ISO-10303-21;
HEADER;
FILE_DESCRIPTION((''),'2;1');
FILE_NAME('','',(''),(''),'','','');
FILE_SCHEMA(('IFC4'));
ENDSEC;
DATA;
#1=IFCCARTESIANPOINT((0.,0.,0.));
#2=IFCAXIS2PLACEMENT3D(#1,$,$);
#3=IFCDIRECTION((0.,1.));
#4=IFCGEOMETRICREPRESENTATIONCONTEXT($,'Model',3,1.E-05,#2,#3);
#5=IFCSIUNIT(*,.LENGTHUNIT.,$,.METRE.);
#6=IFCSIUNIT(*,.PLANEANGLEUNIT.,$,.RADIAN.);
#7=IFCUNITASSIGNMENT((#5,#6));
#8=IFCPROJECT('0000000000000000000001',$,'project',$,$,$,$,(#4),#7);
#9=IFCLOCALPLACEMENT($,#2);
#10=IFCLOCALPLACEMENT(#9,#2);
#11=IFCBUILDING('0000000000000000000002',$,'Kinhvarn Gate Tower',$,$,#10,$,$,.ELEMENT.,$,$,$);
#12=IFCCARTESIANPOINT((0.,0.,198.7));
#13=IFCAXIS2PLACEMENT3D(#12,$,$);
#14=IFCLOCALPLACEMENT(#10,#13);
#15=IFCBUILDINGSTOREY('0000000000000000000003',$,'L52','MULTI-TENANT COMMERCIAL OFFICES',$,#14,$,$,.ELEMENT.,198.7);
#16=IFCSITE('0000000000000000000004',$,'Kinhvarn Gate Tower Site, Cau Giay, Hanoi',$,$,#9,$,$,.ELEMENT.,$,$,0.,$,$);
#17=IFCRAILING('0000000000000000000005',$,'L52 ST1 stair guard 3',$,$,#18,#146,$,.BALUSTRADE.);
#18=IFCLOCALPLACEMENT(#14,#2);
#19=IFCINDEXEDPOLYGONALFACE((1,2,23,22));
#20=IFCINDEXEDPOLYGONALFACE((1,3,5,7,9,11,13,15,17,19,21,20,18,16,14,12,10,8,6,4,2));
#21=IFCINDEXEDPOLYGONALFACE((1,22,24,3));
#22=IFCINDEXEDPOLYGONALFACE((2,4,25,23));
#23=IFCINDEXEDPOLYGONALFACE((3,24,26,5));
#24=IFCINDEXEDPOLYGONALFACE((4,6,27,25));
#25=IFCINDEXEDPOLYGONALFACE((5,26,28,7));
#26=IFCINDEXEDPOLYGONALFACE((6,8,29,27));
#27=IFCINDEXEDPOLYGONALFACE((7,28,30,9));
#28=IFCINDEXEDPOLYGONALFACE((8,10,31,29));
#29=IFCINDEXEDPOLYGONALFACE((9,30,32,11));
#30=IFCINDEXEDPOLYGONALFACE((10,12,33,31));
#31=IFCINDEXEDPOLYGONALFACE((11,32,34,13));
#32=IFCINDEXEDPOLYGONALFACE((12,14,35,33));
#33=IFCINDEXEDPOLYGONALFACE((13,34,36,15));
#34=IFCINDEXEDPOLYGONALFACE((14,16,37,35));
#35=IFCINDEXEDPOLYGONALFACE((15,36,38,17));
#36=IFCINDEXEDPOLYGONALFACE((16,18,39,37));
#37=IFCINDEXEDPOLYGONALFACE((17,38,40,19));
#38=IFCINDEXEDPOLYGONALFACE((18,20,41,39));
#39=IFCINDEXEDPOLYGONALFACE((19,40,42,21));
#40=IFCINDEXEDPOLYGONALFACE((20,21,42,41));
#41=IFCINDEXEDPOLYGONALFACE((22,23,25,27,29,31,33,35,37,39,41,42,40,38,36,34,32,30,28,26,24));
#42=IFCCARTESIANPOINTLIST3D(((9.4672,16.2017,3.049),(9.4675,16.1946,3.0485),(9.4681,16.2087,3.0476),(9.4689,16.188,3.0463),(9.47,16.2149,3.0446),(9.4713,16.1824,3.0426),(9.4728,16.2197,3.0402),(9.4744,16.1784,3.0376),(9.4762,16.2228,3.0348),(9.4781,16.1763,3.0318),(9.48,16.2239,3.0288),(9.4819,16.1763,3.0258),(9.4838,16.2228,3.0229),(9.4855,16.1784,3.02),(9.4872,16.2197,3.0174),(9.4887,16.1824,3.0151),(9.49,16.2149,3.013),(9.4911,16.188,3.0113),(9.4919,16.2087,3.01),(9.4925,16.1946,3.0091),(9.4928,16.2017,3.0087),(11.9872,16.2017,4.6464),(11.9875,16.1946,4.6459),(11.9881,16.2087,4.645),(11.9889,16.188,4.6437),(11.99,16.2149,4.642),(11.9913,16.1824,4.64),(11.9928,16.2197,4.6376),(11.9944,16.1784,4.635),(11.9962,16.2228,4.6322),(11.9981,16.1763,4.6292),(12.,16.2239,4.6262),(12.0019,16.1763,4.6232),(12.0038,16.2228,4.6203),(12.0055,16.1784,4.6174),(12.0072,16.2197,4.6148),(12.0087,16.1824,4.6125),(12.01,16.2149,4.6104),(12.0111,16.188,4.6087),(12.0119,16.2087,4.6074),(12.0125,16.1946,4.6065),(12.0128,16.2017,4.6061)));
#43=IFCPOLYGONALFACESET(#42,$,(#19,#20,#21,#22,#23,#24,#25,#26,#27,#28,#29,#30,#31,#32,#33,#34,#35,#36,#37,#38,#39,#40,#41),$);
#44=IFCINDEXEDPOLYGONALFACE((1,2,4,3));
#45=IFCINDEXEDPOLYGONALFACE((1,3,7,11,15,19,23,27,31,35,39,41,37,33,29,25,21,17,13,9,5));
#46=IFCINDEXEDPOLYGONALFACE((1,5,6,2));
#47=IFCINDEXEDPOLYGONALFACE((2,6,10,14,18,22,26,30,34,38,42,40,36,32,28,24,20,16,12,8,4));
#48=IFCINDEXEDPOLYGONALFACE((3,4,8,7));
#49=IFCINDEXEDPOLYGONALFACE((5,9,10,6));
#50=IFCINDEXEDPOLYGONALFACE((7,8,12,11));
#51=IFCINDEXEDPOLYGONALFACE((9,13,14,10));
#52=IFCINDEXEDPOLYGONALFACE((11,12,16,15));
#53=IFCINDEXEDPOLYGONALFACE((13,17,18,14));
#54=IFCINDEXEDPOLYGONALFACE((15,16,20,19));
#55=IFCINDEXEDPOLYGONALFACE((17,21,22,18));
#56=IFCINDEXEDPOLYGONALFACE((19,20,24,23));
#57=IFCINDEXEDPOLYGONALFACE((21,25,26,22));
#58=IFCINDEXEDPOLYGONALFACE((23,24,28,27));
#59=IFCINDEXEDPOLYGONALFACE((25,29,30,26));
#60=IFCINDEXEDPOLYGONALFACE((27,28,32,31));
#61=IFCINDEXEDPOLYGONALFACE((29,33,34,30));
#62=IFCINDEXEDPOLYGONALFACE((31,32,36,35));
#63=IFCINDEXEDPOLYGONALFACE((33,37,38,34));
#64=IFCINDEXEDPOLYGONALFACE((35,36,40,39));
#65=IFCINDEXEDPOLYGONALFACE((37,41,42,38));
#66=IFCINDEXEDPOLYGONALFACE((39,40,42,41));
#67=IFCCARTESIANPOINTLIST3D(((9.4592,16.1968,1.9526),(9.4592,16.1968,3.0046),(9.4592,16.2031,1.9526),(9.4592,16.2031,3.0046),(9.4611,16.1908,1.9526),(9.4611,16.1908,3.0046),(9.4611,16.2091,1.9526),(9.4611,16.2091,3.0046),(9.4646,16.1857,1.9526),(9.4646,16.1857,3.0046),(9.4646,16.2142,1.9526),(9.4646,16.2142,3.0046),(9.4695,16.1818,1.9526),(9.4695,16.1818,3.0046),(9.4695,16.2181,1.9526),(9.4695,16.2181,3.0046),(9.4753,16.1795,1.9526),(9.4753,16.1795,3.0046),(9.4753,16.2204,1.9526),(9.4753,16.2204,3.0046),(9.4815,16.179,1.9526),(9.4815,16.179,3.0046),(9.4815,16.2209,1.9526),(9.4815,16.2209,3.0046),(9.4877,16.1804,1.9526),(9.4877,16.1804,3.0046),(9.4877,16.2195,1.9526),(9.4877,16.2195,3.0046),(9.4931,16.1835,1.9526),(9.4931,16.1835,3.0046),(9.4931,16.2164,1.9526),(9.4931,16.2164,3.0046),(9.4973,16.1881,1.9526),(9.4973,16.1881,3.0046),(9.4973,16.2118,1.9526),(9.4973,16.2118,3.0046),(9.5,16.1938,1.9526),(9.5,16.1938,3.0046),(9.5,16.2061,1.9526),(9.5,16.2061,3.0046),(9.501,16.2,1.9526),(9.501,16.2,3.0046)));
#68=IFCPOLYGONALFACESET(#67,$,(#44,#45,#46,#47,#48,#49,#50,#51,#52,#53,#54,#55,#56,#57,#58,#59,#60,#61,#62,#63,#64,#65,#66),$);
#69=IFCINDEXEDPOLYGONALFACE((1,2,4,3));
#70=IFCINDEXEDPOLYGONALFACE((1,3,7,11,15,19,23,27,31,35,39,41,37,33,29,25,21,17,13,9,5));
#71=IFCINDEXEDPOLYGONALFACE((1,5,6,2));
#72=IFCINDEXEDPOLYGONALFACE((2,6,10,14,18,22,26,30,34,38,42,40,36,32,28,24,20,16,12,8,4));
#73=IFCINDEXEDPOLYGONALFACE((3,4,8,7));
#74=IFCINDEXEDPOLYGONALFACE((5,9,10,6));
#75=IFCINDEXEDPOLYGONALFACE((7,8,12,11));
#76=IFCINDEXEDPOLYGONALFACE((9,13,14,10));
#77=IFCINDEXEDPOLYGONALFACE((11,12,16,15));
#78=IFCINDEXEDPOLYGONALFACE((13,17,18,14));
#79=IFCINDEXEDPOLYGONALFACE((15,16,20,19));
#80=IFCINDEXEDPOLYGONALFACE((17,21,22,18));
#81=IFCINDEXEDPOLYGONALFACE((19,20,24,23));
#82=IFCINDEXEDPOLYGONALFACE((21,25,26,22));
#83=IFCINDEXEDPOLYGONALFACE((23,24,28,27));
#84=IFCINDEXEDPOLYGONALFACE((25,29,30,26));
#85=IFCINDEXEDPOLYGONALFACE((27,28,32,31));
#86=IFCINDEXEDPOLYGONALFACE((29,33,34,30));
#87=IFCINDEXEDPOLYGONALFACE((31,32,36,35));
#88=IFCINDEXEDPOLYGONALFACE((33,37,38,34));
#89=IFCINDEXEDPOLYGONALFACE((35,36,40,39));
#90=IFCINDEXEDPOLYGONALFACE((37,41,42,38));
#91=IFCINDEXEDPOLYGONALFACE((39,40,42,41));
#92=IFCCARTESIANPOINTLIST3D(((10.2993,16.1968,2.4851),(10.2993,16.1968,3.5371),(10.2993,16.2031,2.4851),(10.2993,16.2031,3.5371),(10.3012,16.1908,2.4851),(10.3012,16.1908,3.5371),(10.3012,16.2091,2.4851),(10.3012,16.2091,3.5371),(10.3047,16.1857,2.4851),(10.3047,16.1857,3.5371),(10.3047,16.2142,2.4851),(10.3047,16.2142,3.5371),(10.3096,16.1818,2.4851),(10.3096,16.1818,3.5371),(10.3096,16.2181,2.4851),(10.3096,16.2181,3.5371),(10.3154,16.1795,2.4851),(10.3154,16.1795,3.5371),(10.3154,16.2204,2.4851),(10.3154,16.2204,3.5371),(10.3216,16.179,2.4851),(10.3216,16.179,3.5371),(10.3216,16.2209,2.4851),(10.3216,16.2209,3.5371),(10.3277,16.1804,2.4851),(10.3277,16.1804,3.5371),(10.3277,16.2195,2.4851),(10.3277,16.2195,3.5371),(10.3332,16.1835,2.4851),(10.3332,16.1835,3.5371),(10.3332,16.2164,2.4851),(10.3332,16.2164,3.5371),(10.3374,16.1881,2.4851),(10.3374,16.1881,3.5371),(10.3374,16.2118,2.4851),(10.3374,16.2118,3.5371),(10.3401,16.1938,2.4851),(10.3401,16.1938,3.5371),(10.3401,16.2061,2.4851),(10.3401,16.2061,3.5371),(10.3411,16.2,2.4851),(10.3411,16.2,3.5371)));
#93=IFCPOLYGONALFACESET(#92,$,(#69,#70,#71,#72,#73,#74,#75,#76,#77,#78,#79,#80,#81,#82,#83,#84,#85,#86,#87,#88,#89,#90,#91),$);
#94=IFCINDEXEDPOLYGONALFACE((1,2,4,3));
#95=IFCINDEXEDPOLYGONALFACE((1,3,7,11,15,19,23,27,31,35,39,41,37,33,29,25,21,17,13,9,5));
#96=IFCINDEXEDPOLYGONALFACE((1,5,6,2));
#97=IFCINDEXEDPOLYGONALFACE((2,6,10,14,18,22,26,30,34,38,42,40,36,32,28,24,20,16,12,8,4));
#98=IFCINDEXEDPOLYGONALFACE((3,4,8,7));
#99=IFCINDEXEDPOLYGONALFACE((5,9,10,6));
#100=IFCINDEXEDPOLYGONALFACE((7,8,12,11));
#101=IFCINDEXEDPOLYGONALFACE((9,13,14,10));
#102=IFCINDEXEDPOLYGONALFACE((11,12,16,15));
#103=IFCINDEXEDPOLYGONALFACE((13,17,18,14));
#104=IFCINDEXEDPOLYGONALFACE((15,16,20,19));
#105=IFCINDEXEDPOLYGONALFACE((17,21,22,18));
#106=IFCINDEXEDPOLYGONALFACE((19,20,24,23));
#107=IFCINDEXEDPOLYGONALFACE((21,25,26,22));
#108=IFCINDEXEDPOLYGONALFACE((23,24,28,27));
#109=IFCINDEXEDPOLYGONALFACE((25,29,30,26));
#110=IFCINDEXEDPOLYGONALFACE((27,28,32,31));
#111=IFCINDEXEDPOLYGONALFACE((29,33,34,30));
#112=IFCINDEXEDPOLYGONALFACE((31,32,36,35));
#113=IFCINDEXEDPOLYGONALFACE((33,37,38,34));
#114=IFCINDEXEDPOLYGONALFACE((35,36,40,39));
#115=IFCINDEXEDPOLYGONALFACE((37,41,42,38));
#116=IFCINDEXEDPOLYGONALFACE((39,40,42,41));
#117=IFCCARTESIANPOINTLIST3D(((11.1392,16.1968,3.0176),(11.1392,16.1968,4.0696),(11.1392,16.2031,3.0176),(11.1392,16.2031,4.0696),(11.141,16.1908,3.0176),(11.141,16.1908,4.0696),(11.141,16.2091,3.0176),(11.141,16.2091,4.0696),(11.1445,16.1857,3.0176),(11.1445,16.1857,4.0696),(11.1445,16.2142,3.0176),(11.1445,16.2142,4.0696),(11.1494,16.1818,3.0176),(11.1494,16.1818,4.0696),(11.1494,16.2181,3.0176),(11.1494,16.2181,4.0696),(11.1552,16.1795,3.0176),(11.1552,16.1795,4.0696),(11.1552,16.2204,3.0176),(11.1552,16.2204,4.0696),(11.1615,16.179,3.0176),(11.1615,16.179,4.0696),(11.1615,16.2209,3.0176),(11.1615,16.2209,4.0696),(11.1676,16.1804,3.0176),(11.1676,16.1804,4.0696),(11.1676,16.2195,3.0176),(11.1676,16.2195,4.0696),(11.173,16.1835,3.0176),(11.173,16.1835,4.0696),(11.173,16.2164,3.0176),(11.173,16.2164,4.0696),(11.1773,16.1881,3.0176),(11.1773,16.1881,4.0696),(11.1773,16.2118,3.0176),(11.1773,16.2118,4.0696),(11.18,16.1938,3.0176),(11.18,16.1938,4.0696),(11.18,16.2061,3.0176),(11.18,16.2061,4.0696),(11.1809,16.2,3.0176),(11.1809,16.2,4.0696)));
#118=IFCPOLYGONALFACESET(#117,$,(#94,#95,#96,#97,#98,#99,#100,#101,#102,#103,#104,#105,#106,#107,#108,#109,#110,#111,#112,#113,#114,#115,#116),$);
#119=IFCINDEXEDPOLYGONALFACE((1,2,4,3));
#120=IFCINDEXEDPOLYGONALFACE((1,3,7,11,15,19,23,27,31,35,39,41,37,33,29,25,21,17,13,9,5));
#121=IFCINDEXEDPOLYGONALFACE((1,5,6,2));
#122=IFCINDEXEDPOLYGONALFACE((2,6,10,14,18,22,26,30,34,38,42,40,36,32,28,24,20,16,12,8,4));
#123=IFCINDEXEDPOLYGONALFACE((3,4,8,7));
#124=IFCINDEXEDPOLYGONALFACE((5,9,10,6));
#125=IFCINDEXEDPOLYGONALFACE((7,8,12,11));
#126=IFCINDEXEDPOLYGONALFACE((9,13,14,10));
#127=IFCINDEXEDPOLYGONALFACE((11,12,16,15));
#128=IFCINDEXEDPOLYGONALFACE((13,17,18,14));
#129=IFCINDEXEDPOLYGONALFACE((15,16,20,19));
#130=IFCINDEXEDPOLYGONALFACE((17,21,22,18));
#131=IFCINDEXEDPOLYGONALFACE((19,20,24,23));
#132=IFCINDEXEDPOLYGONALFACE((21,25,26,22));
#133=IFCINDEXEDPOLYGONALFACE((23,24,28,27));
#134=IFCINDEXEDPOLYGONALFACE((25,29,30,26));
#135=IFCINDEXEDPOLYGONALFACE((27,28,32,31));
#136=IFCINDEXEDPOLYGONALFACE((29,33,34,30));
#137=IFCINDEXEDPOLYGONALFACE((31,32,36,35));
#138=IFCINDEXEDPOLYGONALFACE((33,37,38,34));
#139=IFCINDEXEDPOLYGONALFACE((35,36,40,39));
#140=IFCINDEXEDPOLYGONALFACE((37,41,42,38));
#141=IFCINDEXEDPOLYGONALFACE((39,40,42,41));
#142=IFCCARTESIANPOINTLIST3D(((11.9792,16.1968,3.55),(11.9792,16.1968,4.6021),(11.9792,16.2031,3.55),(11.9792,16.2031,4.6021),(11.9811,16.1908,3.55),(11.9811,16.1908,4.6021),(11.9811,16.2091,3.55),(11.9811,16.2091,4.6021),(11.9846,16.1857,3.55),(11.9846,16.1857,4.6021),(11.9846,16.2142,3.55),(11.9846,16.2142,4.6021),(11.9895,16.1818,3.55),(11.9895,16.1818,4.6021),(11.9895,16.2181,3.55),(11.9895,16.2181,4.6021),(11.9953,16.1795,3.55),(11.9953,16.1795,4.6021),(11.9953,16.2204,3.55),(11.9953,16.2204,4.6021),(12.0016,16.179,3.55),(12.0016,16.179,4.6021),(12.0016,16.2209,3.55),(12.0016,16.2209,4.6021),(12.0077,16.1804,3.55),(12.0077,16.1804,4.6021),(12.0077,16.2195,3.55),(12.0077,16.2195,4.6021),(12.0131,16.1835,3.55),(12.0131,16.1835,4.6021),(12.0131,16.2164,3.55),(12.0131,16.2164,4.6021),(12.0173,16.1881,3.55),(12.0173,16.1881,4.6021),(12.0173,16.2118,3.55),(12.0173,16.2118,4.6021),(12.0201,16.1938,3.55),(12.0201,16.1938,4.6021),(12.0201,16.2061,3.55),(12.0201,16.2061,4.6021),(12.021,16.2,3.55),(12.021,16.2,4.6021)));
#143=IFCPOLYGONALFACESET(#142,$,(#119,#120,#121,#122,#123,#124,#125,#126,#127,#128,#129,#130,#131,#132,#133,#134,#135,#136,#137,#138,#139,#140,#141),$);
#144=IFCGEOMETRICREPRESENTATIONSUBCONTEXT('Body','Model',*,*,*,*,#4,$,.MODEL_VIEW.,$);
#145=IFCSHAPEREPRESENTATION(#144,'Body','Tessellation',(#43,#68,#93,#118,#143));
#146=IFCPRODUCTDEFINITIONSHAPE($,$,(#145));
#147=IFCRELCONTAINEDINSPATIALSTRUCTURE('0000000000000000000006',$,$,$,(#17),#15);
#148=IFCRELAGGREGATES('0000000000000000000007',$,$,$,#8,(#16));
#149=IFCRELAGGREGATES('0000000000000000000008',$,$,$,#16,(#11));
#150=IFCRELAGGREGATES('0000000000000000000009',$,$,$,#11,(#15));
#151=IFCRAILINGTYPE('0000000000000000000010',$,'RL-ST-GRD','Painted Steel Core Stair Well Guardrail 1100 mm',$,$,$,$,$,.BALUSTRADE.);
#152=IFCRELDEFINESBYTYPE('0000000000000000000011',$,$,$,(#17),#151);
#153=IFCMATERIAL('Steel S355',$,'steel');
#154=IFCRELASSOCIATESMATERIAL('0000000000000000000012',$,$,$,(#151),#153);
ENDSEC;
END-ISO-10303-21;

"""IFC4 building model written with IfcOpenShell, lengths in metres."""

from ifc_helpers import new_model, si_unit, direction, frame, origin, origin_2d, place, context, subcontext, project, spatial, circle, extrude, material, type_object, element, save


model = new_model("IFC4")

# Units and contexts
model_context = context("Model", 3, precision=1e-05, world=origin(), true_north=direction((0.0, 1.0)))
body_context = subcontext(model_context, "Body", "Model", "MODEL_VIEW")
ifc_project = project(units=[si_unit("LENGTHUNIT", "METRE"), si_unit("PLANEANGLEUNIT", "RADIAN")], contexts=[model_context])

# Site, building, storey
site_placement = place(None, origin())
site = spatial("IfcSite", under=ifc_project, at=site_placement, Name="Kinhvarn Gate Tower Site, Cau Giay, Hanoi", CompositionType="ELEMENT", RefElevation=0.0)
building_placement = place(site_placement, origin())
building = spatial("IfcBuilding", under=site, at=building_placement, Name="Kinhvarn Gate Tower", CompositionType="ELEMENT")
storey_placement = place(building_placement, frame((0.0, 0.0, 198.7)))
storey = spatial("IfcBuildingStorey", under=building, at=storey_placement, Name="L52", Description="MULTI-TENANT COMMERCIAL OFFICES", CompositionType="ELEMENT", Elevation=198.7)

# Shared definitions
ifc_material_1 = material(Name="Steel S355", Category="steel")

# Railing
railing_type_1 = type_object("IfcRailingType", Name="RL-ST-GRD", Description="Painted Steel Core Stair Well Guardrail 1100 mm", PredefinedType="BALUSTRADE", material=ifc_material_1)
railing_1_placement = place(storey_placement, frame((9.48, 16.2, 1.9526)))
element("IfcRailing", 1, at=railing_1_placement, inside=storey, type_object=railing_type_1, Name="L52 ST1 stair guard 3", PredefinedType="BALUSTRADE", context=body_context, shape_type="SweptSolid", body=[
    extrude(circle(Radius=0.0239, at=origin_2d()), frame((0.0, 0.0, 1.0762), z_axis=(0.844607, 0.0, 0.535387), x_axis=(0.0, 1.0, 0.0)), (0.0, 0.0, 1.0), 2.9836),
    extrude(circle(Radius=0.021, at=origin_2d()), origin(), (0.0, 0.0, 1.0), 1.052),
    extrude(circle(Radius=0.021, at=origin_2d()), frame((0.8401, 0.0, 0.5325)), (0.0, 0.0, 1.0), 1.052),
    extrude(circle(Radius=0.021, at=origin_2d()), frame((1.6799, 0.0, 1.0649)), (0.0, 0.0, 1.0), 1.052),
    extrude(circle(Radius=0.021, at=origin_2d()), frame((2.52, 0.0, 1.5974)), (0.0, 0.0, 1.0), 1.052),
])

save(model, "model.ifc")
